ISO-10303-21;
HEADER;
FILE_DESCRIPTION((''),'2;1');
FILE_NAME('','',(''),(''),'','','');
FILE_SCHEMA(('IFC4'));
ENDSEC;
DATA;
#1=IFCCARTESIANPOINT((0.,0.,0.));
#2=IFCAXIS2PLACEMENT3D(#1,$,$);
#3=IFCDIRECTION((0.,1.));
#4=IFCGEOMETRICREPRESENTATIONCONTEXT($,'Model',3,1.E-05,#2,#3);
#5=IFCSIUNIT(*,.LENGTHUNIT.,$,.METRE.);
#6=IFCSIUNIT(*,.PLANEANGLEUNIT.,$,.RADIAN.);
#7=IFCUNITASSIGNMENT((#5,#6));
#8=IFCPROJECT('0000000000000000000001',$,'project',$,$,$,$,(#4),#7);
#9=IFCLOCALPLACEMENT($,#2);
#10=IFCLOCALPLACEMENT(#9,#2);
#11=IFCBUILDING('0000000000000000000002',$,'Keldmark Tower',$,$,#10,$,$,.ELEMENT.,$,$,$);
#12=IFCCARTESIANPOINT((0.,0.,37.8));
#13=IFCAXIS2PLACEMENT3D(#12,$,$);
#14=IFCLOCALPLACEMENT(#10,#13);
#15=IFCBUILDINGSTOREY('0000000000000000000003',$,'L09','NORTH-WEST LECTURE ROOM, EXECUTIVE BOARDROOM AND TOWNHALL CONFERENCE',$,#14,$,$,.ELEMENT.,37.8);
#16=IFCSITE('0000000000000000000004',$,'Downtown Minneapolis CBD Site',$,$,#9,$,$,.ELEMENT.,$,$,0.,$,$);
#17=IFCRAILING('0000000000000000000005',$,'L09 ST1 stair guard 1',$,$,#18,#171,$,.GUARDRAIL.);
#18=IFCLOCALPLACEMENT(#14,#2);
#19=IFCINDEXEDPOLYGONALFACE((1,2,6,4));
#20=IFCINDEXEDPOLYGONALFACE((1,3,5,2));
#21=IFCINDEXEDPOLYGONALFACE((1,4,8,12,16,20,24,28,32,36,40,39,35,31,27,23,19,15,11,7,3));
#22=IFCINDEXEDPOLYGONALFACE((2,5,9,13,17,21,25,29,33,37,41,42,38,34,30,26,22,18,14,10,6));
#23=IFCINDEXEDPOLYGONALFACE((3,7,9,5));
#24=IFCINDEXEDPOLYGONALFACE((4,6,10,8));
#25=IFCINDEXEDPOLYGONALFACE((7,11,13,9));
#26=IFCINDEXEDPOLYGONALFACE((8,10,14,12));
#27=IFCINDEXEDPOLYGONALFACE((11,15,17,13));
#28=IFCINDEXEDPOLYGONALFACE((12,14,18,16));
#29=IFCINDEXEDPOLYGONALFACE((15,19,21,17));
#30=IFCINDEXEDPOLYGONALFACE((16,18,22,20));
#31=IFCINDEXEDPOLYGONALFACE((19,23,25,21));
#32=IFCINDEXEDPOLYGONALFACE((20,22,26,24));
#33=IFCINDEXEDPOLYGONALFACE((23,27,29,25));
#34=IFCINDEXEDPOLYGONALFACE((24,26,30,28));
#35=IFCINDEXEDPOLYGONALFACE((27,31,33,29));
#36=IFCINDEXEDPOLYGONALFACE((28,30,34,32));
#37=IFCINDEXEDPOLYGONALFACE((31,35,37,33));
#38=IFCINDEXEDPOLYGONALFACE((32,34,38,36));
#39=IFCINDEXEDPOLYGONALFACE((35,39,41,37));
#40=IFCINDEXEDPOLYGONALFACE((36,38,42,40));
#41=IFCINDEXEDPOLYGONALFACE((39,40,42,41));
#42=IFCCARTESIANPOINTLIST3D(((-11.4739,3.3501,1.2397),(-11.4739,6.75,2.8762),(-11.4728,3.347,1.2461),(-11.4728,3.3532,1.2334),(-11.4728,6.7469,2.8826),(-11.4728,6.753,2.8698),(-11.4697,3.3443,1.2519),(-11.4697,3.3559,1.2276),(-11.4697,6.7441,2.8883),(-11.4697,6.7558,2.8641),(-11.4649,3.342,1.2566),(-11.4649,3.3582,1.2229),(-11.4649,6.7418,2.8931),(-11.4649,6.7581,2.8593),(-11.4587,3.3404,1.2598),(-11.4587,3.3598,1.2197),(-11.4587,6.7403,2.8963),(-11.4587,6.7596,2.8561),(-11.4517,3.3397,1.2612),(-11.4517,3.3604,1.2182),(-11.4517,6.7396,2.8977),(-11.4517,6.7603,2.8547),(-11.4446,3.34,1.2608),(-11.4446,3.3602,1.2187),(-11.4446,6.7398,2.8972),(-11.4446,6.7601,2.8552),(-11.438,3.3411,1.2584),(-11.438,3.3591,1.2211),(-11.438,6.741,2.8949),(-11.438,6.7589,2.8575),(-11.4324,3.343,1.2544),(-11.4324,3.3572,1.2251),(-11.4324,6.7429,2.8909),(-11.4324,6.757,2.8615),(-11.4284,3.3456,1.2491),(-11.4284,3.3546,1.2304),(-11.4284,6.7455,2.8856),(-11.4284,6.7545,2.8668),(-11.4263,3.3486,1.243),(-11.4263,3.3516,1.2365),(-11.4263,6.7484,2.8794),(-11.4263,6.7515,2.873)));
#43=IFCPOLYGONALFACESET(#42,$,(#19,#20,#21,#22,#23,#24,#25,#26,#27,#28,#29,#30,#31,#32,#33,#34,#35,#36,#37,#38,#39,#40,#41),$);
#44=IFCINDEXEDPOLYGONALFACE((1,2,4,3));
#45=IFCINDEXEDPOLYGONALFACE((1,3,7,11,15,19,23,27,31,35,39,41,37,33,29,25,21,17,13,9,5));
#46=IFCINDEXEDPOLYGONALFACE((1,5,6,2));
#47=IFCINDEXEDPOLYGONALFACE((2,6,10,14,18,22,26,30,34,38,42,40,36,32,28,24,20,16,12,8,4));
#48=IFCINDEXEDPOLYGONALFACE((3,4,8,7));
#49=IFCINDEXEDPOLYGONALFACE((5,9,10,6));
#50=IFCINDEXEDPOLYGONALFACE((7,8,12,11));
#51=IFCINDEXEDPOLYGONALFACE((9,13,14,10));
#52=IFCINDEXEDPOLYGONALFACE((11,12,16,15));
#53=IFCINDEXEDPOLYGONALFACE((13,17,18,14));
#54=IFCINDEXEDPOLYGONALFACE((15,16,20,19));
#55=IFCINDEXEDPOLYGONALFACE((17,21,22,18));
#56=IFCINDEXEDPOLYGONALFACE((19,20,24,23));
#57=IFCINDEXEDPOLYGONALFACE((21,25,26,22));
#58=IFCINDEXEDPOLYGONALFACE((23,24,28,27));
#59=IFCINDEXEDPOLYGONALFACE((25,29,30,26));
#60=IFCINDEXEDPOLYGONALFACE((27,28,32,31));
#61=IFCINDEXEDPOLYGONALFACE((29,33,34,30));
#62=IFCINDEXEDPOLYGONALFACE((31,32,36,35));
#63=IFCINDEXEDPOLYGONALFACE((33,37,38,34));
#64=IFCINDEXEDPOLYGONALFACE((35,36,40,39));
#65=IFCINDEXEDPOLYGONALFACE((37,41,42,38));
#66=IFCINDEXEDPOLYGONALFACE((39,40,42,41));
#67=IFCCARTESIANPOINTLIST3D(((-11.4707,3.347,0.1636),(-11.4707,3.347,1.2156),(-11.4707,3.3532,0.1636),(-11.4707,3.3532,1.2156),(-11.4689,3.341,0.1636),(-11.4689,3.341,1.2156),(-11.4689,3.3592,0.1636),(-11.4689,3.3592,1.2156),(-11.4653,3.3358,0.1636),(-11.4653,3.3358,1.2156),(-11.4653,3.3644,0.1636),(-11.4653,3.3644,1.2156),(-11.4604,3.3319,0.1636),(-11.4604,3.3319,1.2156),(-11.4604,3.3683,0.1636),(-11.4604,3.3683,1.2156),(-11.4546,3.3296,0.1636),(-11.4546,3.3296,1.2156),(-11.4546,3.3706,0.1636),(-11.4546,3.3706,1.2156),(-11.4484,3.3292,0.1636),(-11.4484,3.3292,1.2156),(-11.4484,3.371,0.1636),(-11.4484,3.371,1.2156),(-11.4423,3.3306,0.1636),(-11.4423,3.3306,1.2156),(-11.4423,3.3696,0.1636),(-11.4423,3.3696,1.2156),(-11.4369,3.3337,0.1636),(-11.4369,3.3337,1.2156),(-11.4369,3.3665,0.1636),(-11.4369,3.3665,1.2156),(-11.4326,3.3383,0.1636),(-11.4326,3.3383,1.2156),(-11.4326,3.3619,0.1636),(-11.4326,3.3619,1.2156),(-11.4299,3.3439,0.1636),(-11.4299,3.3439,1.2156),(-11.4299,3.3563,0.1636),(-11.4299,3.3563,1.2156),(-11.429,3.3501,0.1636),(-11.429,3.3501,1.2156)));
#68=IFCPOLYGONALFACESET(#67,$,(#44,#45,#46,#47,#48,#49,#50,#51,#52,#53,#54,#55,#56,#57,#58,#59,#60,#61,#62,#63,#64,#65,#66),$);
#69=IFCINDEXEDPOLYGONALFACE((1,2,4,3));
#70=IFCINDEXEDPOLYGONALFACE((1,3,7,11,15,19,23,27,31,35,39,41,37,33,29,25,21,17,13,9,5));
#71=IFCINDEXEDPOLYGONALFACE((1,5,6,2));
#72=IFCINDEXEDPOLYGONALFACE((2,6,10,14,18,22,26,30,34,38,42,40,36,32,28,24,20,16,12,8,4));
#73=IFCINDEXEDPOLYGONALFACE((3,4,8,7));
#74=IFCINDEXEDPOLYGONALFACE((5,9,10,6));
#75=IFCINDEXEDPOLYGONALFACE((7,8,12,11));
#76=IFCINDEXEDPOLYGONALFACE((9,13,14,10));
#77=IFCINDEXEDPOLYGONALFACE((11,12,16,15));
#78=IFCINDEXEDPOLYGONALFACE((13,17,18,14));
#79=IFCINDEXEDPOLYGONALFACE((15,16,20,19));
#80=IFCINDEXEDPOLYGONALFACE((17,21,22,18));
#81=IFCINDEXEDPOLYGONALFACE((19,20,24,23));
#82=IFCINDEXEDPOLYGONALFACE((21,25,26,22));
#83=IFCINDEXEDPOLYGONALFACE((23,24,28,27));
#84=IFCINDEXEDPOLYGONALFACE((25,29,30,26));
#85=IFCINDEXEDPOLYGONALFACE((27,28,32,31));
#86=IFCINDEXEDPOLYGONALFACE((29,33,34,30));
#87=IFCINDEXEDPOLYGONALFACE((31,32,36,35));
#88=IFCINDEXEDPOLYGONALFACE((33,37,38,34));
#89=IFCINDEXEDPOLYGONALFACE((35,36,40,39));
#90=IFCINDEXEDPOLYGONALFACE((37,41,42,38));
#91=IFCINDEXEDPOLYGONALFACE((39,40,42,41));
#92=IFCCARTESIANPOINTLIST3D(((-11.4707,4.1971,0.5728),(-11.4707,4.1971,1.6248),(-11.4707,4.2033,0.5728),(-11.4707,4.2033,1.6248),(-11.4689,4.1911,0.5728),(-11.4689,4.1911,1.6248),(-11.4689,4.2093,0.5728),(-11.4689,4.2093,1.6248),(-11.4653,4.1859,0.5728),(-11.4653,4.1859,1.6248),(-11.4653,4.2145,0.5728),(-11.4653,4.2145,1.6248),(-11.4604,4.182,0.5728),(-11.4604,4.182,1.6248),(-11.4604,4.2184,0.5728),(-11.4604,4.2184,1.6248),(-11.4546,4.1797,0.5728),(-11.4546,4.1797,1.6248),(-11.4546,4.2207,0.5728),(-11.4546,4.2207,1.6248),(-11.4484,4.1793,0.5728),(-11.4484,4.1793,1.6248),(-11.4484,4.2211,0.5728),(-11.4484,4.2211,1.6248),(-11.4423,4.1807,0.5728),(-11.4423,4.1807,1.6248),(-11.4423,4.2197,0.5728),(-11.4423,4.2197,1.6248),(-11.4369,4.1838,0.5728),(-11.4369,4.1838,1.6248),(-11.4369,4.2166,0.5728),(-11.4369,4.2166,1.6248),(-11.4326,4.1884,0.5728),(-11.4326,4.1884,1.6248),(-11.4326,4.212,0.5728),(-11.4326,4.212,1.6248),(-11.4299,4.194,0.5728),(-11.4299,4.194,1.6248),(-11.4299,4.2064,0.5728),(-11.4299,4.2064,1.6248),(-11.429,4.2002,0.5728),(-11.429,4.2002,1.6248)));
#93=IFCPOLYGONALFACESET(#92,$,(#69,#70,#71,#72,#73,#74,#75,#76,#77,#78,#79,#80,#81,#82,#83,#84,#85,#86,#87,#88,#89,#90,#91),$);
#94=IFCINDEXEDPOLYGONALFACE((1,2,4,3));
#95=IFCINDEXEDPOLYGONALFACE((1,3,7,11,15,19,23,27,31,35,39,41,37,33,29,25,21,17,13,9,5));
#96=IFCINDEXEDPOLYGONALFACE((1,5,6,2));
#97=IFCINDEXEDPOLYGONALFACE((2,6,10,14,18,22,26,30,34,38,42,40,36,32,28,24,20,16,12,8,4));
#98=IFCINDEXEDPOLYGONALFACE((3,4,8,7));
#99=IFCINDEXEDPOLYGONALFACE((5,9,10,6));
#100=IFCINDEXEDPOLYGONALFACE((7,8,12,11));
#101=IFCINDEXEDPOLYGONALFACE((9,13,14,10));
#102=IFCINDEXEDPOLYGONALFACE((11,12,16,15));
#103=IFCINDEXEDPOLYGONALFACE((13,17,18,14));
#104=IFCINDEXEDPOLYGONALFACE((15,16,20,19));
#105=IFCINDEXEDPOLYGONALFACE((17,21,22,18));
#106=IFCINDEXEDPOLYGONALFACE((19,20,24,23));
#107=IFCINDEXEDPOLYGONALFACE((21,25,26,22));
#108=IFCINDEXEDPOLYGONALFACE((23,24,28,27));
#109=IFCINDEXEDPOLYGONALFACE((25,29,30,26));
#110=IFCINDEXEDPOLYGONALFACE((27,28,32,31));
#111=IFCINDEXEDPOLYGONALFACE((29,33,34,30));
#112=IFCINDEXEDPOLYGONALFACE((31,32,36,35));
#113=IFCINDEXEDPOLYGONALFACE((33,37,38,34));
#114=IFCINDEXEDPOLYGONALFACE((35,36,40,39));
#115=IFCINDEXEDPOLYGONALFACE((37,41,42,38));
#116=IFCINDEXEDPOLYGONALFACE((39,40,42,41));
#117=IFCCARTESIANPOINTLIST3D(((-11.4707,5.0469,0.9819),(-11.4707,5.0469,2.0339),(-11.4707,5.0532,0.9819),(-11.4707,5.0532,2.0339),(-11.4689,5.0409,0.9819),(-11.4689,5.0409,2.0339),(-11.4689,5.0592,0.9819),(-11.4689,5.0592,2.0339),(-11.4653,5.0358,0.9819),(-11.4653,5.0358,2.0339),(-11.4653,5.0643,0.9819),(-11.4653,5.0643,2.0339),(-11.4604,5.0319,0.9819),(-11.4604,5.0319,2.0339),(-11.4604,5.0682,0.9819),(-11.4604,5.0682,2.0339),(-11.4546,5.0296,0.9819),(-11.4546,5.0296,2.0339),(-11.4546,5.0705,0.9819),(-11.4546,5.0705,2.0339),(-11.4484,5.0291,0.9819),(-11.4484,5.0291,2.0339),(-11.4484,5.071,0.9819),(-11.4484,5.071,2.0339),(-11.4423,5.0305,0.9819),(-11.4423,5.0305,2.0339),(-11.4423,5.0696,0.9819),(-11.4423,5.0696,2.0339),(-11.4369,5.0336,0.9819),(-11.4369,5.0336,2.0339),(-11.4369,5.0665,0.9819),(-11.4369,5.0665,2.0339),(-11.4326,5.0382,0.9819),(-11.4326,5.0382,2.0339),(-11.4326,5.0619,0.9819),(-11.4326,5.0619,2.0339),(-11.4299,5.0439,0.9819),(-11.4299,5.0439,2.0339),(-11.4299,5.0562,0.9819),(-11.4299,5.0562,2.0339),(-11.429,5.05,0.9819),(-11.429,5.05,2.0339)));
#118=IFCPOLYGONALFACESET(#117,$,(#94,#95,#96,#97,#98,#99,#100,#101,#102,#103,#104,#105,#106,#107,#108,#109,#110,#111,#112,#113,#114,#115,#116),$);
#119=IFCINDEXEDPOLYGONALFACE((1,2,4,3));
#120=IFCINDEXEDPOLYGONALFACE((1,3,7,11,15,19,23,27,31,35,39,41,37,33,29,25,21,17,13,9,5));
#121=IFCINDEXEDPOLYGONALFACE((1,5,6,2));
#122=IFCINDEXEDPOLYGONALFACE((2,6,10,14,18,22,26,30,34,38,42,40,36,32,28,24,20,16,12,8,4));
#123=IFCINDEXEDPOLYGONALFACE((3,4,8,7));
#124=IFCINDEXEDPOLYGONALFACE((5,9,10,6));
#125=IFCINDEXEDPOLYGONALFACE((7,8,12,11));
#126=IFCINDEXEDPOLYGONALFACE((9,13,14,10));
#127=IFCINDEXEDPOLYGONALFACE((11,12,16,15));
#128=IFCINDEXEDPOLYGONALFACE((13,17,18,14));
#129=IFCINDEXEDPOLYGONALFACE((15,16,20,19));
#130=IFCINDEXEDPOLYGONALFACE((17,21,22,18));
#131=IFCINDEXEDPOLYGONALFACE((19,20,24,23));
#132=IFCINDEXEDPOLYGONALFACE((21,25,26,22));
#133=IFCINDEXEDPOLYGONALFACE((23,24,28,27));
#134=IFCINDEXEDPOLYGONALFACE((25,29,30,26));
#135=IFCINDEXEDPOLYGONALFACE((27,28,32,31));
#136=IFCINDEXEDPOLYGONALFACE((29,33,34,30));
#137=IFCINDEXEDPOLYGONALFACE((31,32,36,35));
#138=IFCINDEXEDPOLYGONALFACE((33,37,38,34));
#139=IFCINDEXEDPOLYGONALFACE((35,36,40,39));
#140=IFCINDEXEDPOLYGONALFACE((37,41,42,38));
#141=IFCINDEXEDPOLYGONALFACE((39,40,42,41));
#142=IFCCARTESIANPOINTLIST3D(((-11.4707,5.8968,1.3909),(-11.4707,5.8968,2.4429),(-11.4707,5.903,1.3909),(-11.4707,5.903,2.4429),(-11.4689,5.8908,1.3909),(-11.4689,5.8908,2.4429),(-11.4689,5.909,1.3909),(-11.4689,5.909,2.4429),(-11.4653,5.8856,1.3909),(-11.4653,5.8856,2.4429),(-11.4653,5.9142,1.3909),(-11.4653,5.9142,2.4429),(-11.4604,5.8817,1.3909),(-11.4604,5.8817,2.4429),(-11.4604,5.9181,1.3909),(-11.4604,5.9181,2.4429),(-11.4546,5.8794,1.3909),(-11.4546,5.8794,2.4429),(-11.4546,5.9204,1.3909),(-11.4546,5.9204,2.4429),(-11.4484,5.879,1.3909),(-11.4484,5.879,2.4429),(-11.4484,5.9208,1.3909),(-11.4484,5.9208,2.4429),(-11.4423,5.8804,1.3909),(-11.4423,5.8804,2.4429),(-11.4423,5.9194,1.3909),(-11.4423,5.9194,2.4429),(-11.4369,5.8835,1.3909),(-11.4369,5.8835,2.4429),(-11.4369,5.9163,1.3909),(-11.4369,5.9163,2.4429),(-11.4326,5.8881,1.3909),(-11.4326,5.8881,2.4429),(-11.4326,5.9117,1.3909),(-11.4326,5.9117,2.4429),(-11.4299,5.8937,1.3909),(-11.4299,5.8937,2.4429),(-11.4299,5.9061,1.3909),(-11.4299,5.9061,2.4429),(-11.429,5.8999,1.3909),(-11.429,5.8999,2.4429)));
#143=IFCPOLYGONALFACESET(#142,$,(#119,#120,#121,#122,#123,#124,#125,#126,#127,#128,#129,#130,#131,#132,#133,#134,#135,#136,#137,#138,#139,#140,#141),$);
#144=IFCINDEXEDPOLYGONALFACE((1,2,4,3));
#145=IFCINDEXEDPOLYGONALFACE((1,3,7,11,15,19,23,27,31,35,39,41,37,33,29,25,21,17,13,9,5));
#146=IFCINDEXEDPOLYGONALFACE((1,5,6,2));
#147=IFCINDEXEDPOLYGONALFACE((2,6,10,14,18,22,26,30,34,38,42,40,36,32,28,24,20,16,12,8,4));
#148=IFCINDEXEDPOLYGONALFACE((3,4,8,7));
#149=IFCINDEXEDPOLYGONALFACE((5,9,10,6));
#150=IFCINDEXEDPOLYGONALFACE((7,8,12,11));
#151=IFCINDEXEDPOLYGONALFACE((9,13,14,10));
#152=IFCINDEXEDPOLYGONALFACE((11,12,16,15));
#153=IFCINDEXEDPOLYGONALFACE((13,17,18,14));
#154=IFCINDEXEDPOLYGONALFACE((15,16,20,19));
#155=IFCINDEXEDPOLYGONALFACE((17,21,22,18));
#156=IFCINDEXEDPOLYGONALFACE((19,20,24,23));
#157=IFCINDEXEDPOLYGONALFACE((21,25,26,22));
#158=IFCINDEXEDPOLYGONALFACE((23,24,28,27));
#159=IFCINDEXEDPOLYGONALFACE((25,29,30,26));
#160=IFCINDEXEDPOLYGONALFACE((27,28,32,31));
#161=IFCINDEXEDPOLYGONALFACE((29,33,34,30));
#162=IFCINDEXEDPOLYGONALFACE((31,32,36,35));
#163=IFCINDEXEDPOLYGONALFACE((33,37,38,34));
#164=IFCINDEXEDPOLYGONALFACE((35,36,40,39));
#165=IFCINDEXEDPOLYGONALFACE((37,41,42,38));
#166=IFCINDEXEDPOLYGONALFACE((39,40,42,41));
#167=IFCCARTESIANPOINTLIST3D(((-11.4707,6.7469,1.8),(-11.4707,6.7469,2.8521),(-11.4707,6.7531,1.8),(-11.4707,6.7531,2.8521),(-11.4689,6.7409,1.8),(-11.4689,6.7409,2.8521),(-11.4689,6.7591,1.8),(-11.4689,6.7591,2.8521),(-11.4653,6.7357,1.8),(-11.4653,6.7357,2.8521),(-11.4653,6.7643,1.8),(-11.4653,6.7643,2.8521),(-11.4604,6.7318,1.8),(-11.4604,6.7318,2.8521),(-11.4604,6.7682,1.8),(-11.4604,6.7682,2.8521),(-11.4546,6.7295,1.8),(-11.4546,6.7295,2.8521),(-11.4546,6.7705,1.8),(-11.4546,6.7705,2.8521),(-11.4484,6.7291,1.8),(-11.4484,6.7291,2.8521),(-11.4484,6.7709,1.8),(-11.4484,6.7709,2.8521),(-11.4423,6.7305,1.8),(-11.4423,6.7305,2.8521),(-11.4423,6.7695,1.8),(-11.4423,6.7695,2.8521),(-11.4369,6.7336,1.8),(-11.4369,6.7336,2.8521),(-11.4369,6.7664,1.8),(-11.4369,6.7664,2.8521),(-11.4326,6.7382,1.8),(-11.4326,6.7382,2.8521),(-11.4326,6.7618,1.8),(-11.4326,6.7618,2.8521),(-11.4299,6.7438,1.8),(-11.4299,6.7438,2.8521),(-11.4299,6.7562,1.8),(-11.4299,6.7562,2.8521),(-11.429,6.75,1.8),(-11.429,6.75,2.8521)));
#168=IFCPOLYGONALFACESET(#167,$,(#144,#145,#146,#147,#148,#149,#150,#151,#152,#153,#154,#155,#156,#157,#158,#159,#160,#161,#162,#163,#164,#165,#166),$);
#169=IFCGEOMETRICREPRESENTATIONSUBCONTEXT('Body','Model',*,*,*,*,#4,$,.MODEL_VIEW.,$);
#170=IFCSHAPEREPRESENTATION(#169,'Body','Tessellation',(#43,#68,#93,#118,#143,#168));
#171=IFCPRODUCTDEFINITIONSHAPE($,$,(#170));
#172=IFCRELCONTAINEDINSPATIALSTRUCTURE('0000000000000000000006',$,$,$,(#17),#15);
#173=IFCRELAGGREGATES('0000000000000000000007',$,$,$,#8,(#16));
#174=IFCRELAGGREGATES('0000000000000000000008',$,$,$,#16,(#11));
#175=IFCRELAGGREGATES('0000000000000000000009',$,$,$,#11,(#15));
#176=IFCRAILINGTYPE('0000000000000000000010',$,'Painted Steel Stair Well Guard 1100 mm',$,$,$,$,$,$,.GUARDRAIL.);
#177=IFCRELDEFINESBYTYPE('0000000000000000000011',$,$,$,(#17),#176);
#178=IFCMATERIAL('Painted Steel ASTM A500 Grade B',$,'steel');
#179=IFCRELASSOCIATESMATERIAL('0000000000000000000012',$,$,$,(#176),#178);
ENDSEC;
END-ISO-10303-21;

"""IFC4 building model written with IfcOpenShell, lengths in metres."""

from ifc_helpers import new_model, si_unit, direction, frame, origin, origin_2d, place, context, subcontext, project, spatial, circle, extrude, material, type_object, element, save


model = new_model("IFC4")

# Units and contexts
model_context = context("Model", 3, precision=1e-05, world=origin(), true_north=direction((0.0, 1.0)))
body_context = subcontext(model_context, "Body", "Model", "MODEL_VIEW")
ifc_project = project(units=[si_unit("LENGTHUNIT", "METRE"), si_unit("PLANEANGLEUNIT", "RADIAN")], contexts=[model_context])

# Site, building, storey
site_placement = place(None, origin())
site = spatial("IfcSite", under=ifc_project, at=site_placement, Name="Downtown Minneapolis CBD Site", CompositionType="ELEMENT", RefElevation=0.0)
building_placement = place(site_placement, origin())
building = spatial("IfcBuilding", under=site, at=building_placement, Name="Keldmark Tower", CompositionType="ELEMENT")
storey_placement = place(building_placement, frame((0.0, 0.0, 37.8)))
storey = spatial("IfcBuildingStorey", under=building, at=storey_placement, Name="L09", Description="NORTH-WEST LECTURE ROOM, EXECUTIVE BOARDROOM AND TOWNHALL CONFERENCE", CompositionType="ELEMENT", Elevation=37.8)

# Railing
ifc_material_1 = material(Name="Painted Steel ASTM A500 Grade B", Category="steel")
railing_type_1 = type_object("IfcRailingType", Name="Painted Steel Stair Well Guard 1100 mm", PredefinedType="GUARDRAIL", material=ifc_material_1)
railing_1_placement = place(storey_placement, frame((-11.45, 3.3501, 0.1636)))
element("IfcRailing", 1, at=railing_1_placement, inside=storey, type_object=railing_type_1, Name="L09 ST1 stair guard 1", PredefinedType="GUARDRAIL", context=body_context, shape_type="SweptSolid", body=[
    extrude(circle(Radius=0.0239, at=origin_2d()), frame((0.0, 0.0, 1.0762), z_axis=(0.0, 0.901055, 0.433705), x_axis=(-1.0, 0.0, 0.0)), (0.0, 0.0, 1.0), 3.7732),
    extrude(circle(Radius=0.021, at=origin_2d()), origin(), (0.0, 0.0, 1.0), 1.052),
    extrude(circle(Radius=0.021, at=origin_2d()), frame((0.0, 0.8501, 0.4092)), (0.0, 0.0, 1.0), 1.052),
    extrude(circle(Radius=0.021, at=origin_2d()), frame((0.0, 1.7, 0.8184)), (0.0, 0.0, 1.0), 1.052),
    extrude(circle(Radius=0.021, at=origin_2d()), frame((0.0, 2.5498, 1.2273)), (0.0, 0.0, 1.0), 1.052),
    extrude(circle(Radius=0.021, at=origin_2d()), frame((0.0, 3.3999, 1.6365)), (0.0, 0.0, 1.0), 1.052),
])

save(model, "model.ifc")
